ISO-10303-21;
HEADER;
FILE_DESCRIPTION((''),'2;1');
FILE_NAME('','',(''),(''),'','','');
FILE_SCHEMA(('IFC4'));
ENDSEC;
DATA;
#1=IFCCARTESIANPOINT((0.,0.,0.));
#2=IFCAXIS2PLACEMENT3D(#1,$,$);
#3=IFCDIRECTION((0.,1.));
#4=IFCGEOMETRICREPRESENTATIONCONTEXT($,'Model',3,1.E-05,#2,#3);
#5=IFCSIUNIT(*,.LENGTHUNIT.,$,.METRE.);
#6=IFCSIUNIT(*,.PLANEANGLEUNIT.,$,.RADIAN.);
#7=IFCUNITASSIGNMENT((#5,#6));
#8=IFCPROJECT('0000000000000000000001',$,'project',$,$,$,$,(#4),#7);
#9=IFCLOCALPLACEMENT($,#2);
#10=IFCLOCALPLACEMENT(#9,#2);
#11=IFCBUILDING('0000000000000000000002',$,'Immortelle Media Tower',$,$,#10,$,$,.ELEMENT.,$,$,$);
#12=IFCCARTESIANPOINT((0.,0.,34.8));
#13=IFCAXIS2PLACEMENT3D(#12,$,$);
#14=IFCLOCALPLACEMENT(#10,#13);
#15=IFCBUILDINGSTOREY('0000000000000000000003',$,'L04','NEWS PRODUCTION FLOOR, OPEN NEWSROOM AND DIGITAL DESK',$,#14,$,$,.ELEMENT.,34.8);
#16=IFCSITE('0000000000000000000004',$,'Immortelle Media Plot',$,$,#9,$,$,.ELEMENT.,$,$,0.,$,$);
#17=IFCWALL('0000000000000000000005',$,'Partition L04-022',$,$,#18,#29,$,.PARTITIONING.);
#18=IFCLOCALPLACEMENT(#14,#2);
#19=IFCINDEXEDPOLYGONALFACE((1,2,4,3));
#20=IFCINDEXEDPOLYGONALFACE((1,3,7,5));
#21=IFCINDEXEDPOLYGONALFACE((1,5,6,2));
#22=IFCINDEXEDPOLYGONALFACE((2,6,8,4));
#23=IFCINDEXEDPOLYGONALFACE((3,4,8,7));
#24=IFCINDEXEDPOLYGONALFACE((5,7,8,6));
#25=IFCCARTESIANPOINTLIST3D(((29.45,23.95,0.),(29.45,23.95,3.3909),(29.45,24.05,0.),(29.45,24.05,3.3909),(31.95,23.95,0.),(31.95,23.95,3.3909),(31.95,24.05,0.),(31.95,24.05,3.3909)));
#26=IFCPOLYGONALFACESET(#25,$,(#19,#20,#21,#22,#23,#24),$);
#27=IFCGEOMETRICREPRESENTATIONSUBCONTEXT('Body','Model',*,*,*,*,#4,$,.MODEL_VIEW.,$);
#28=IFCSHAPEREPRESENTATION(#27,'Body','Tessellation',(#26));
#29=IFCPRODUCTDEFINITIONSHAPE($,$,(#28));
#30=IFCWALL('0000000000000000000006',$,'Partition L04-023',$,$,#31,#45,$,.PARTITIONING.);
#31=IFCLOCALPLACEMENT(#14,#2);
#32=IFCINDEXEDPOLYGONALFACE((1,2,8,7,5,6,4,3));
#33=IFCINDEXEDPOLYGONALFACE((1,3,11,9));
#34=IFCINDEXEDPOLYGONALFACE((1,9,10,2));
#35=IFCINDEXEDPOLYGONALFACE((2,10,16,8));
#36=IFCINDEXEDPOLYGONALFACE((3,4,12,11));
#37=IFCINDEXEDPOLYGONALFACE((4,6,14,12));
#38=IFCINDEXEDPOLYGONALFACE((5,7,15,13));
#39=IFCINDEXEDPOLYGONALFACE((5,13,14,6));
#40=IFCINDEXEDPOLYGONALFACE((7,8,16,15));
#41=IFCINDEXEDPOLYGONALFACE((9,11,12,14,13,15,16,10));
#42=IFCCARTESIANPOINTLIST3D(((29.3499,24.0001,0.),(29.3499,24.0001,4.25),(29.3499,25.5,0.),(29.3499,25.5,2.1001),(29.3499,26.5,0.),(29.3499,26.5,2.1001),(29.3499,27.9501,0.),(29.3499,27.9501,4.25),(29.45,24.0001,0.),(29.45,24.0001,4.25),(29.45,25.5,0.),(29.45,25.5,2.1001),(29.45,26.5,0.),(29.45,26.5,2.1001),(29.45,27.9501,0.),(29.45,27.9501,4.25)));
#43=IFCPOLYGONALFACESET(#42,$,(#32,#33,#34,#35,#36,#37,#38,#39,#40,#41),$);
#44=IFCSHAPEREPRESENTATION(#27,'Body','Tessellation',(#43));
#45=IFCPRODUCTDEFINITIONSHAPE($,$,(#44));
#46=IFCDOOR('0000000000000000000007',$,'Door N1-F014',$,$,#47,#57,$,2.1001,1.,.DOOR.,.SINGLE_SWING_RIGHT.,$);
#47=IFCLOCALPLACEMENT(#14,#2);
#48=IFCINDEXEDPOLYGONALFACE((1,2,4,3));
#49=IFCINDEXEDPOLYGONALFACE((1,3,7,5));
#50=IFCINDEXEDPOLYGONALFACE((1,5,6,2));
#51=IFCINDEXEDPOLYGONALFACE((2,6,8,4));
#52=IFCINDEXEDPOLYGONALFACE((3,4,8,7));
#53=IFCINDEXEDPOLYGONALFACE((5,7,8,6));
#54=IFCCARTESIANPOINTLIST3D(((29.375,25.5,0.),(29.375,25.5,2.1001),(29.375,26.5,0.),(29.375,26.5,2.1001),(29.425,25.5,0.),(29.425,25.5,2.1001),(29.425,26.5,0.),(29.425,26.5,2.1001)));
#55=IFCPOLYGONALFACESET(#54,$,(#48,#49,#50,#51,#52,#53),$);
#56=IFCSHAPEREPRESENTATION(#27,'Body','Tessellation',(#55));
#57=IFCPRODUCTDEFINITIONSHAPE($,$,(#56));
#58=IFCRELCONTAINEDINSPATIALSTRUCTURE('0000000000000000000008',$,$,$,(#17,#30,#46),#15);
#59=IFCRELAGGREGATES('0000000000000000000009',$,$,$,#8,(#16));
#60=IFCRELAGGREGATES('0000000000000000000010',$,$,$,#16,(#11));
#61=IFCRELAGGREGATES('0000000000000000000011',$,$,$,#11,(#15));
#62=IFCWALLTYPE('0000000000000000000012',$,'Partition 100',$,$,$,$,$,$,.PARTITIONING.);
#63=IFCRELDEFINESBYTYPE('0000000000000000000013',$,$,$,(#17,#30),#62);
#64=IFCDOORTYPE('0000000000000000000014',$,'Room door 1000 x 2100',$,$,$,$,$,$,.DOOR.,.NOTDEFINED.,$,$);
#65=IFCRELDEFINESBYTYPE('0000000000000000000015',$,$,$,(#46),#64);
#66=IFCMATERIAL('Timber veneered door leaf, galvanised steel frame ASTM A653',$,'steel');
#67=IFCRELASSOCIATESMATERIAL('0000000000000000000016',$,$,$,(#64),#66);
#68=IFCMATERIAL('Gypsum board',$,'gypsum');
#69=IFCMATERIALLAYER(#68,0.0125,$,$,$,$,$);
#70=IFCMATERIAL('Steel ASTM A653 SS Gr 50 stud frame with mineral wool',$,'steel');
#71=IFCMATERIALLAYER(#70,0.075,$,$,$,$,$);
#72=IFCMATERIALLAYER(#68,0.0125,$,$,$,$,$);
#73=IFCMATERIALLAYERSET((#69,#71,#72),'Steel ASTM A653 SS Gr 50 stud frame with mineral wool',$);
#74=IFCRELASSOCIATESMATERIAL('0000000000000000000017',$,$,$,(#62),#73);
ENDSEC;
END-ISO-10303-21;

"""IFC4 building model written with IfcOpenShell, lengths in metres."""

from ifc_helpers import new_model, si_unit, direction, frame, frame_2d, origin, place, context, subcontext, project, spatial, rectangle, extrude, material, layer, layer_set, type_object, element, fill, save


model = new_model("IFC4")

# Units and contexts
model_context = context("Model", 3, precision=1e-05, world=origin(), true_north=direction((0.0, 1.0)))
body_context = subcontext(model_context, "Body", "Model", "MODEL_VIEW")
ifc_project = project(units=[si_unit("LENGTHUNIT", "METRE"), si_unit("PLANEANGLEUNIT", "RADIAN")], contexts=[model_context])

# Site, building, storey
site_placement = place(None, origin())
site = spatial("IfcSite", under=ifc_project, at=site_placement, Name="Immortelle Media Plot", CompositionType="ELEMENT", RefElevation=0.0)
building_placement = place(site_placement, origin())
building = spatial("IfcBuilding", under=site, at=building_placement, Name="Immortelle Media Tower", CompositionType="ELEMENT")
storey_placement = place(building_placement, frame((0.0, 0.0, 34.8)))
storey = spatial("IfcBuildingStorey", under=building, at=storey_placement, Name="L04", Description="NEWS PRODUCTION FLOOR, OPEN NEWSROOM AND DIGITAL DESK", CompositionType="ELEMENT", Elevation=34.8)

# Shared definitions
ifc_material_1 = material(Name="Steel ASTM A653 SS Gr 50 stud frame with mineral wool", Category="steel")

# Shared definitions
ifc_material_2 = material(Name="Timber veneered door leaf, galvanised steel frame ASTM A653", Category="steel")
door_type_1 = type_object("IfcDoorType", Name="Room door 1000 x 2100", OperationType="NOTDEFINED", PredefinedType="DOOR", material=ifc_material_2)

# Shared definitions
ifc_material_3 = material(Name="Gypsum board", Category="gypsum")
ifc_layer_1 = layer(ifc_material_3, 0.0125)
ifc_layer_2 = layer(ifc_material_1, 0.075)
ifc_layer_3 = layer(ifc_material_3, 0.0125)
ifc_layer_set_1 = layer_set([ifc_layer_1, ifc_layer_2, ifc_layer_3], Name="Steel ASTM A653 SS Gr 50 stud frame with mineral wool")
wall_type_1 = type_object("IfcWallType", Name="Partition 100", PredefinedType="PARTITIONING", material=ifc_layer_set_1)

# Wall
wall_1_placement = place(storey_placement, frame((29.45, 24.0, 0.0), z_axis=(0.0, 0.0, 1.0), x_axis=(1.0, 0.0, 0.0)))
element("IfcWall", 1, at=wall_1_placement, inside=storey, type_object=wall_type_1, Name="Partition L04-022", PredefinedType="PARTITIONING", context=body_context, shape_type="SweptSolid", body=[
    extrude(rectangle(XDim=2.5, YDim=0.1001, at=frame_2d((1.25, 0.0))), origin(), (0.0, 0.0, 1.0), 3.3909),
])

# Wall, opening, door
wall_2_placement = place(storey_placement, frame((29.3999, 24.0, 0.0), z_axis=(0.0, 0.0, 1.0), x_axis=(0.0, 1.0, 0.0)))
wall_2 = element("IfcWall", 2, at=wall_2_placement, inside=storey, type_object=wall_type_1, Name="Partition L04-023", PredefinedType="PARTITIONING", context=body_context, shape_type="SweptSolid", body=[
    extrude(rectangle(XDim=3.95, YDim=0.1001, at=frame_2d((1.9751, 0.0))), origin(), (0.0, 0.0, 1.0), 4.25),
])
opening_1_placement = place(wall_2_placement, frame((1.5, 0.0, 0.0)))
opening_1 = element("IfcOpeningElement", 3, at=opening_1_placement, cuts=wall_2, PredefinedType="OPENING", context=body_context, shape_type="SweptSolid", body=[
    extrude(rectangle(XDim=1.0, YDim=2.1001, at=frame_2d((0.5, 1.05))), frame((0.0, 0.0601, 0.0), z_axis=(0.0, -1.0, 0.0), x_axis=(1.0, 0.0, 0.0)), (0.0, 0.0, 1.0), 0.1201),
])
door_1_placement = place(opening_1_placement, origin())
door_1 = element("IfcDoor", 4, at=door_1_placement, inside=storey, type_object=door_type_1, Name="Door N1-F014", OperationType="SINGLE_SWING_RIGHT", OverallHeight=2.1001, OverallWidth=1.0, PredefinedType="DOOR", context=body_context, shape_type="SweptSolid", body=[
    extrude(rectangle(XDim=1.0, YDim=2.1001, at=frame_2d((0.5, 1.05))), frame((0.0, 0.0249, 0.0), z_axis=(0.0, -1.0, 0.0), x_axis=(1.0, 0.0, 0.0)), (0.0, 0.0, 1.0), 0.05),
])
fill(opening_1, door_1)

save(model, "model.ifc")
